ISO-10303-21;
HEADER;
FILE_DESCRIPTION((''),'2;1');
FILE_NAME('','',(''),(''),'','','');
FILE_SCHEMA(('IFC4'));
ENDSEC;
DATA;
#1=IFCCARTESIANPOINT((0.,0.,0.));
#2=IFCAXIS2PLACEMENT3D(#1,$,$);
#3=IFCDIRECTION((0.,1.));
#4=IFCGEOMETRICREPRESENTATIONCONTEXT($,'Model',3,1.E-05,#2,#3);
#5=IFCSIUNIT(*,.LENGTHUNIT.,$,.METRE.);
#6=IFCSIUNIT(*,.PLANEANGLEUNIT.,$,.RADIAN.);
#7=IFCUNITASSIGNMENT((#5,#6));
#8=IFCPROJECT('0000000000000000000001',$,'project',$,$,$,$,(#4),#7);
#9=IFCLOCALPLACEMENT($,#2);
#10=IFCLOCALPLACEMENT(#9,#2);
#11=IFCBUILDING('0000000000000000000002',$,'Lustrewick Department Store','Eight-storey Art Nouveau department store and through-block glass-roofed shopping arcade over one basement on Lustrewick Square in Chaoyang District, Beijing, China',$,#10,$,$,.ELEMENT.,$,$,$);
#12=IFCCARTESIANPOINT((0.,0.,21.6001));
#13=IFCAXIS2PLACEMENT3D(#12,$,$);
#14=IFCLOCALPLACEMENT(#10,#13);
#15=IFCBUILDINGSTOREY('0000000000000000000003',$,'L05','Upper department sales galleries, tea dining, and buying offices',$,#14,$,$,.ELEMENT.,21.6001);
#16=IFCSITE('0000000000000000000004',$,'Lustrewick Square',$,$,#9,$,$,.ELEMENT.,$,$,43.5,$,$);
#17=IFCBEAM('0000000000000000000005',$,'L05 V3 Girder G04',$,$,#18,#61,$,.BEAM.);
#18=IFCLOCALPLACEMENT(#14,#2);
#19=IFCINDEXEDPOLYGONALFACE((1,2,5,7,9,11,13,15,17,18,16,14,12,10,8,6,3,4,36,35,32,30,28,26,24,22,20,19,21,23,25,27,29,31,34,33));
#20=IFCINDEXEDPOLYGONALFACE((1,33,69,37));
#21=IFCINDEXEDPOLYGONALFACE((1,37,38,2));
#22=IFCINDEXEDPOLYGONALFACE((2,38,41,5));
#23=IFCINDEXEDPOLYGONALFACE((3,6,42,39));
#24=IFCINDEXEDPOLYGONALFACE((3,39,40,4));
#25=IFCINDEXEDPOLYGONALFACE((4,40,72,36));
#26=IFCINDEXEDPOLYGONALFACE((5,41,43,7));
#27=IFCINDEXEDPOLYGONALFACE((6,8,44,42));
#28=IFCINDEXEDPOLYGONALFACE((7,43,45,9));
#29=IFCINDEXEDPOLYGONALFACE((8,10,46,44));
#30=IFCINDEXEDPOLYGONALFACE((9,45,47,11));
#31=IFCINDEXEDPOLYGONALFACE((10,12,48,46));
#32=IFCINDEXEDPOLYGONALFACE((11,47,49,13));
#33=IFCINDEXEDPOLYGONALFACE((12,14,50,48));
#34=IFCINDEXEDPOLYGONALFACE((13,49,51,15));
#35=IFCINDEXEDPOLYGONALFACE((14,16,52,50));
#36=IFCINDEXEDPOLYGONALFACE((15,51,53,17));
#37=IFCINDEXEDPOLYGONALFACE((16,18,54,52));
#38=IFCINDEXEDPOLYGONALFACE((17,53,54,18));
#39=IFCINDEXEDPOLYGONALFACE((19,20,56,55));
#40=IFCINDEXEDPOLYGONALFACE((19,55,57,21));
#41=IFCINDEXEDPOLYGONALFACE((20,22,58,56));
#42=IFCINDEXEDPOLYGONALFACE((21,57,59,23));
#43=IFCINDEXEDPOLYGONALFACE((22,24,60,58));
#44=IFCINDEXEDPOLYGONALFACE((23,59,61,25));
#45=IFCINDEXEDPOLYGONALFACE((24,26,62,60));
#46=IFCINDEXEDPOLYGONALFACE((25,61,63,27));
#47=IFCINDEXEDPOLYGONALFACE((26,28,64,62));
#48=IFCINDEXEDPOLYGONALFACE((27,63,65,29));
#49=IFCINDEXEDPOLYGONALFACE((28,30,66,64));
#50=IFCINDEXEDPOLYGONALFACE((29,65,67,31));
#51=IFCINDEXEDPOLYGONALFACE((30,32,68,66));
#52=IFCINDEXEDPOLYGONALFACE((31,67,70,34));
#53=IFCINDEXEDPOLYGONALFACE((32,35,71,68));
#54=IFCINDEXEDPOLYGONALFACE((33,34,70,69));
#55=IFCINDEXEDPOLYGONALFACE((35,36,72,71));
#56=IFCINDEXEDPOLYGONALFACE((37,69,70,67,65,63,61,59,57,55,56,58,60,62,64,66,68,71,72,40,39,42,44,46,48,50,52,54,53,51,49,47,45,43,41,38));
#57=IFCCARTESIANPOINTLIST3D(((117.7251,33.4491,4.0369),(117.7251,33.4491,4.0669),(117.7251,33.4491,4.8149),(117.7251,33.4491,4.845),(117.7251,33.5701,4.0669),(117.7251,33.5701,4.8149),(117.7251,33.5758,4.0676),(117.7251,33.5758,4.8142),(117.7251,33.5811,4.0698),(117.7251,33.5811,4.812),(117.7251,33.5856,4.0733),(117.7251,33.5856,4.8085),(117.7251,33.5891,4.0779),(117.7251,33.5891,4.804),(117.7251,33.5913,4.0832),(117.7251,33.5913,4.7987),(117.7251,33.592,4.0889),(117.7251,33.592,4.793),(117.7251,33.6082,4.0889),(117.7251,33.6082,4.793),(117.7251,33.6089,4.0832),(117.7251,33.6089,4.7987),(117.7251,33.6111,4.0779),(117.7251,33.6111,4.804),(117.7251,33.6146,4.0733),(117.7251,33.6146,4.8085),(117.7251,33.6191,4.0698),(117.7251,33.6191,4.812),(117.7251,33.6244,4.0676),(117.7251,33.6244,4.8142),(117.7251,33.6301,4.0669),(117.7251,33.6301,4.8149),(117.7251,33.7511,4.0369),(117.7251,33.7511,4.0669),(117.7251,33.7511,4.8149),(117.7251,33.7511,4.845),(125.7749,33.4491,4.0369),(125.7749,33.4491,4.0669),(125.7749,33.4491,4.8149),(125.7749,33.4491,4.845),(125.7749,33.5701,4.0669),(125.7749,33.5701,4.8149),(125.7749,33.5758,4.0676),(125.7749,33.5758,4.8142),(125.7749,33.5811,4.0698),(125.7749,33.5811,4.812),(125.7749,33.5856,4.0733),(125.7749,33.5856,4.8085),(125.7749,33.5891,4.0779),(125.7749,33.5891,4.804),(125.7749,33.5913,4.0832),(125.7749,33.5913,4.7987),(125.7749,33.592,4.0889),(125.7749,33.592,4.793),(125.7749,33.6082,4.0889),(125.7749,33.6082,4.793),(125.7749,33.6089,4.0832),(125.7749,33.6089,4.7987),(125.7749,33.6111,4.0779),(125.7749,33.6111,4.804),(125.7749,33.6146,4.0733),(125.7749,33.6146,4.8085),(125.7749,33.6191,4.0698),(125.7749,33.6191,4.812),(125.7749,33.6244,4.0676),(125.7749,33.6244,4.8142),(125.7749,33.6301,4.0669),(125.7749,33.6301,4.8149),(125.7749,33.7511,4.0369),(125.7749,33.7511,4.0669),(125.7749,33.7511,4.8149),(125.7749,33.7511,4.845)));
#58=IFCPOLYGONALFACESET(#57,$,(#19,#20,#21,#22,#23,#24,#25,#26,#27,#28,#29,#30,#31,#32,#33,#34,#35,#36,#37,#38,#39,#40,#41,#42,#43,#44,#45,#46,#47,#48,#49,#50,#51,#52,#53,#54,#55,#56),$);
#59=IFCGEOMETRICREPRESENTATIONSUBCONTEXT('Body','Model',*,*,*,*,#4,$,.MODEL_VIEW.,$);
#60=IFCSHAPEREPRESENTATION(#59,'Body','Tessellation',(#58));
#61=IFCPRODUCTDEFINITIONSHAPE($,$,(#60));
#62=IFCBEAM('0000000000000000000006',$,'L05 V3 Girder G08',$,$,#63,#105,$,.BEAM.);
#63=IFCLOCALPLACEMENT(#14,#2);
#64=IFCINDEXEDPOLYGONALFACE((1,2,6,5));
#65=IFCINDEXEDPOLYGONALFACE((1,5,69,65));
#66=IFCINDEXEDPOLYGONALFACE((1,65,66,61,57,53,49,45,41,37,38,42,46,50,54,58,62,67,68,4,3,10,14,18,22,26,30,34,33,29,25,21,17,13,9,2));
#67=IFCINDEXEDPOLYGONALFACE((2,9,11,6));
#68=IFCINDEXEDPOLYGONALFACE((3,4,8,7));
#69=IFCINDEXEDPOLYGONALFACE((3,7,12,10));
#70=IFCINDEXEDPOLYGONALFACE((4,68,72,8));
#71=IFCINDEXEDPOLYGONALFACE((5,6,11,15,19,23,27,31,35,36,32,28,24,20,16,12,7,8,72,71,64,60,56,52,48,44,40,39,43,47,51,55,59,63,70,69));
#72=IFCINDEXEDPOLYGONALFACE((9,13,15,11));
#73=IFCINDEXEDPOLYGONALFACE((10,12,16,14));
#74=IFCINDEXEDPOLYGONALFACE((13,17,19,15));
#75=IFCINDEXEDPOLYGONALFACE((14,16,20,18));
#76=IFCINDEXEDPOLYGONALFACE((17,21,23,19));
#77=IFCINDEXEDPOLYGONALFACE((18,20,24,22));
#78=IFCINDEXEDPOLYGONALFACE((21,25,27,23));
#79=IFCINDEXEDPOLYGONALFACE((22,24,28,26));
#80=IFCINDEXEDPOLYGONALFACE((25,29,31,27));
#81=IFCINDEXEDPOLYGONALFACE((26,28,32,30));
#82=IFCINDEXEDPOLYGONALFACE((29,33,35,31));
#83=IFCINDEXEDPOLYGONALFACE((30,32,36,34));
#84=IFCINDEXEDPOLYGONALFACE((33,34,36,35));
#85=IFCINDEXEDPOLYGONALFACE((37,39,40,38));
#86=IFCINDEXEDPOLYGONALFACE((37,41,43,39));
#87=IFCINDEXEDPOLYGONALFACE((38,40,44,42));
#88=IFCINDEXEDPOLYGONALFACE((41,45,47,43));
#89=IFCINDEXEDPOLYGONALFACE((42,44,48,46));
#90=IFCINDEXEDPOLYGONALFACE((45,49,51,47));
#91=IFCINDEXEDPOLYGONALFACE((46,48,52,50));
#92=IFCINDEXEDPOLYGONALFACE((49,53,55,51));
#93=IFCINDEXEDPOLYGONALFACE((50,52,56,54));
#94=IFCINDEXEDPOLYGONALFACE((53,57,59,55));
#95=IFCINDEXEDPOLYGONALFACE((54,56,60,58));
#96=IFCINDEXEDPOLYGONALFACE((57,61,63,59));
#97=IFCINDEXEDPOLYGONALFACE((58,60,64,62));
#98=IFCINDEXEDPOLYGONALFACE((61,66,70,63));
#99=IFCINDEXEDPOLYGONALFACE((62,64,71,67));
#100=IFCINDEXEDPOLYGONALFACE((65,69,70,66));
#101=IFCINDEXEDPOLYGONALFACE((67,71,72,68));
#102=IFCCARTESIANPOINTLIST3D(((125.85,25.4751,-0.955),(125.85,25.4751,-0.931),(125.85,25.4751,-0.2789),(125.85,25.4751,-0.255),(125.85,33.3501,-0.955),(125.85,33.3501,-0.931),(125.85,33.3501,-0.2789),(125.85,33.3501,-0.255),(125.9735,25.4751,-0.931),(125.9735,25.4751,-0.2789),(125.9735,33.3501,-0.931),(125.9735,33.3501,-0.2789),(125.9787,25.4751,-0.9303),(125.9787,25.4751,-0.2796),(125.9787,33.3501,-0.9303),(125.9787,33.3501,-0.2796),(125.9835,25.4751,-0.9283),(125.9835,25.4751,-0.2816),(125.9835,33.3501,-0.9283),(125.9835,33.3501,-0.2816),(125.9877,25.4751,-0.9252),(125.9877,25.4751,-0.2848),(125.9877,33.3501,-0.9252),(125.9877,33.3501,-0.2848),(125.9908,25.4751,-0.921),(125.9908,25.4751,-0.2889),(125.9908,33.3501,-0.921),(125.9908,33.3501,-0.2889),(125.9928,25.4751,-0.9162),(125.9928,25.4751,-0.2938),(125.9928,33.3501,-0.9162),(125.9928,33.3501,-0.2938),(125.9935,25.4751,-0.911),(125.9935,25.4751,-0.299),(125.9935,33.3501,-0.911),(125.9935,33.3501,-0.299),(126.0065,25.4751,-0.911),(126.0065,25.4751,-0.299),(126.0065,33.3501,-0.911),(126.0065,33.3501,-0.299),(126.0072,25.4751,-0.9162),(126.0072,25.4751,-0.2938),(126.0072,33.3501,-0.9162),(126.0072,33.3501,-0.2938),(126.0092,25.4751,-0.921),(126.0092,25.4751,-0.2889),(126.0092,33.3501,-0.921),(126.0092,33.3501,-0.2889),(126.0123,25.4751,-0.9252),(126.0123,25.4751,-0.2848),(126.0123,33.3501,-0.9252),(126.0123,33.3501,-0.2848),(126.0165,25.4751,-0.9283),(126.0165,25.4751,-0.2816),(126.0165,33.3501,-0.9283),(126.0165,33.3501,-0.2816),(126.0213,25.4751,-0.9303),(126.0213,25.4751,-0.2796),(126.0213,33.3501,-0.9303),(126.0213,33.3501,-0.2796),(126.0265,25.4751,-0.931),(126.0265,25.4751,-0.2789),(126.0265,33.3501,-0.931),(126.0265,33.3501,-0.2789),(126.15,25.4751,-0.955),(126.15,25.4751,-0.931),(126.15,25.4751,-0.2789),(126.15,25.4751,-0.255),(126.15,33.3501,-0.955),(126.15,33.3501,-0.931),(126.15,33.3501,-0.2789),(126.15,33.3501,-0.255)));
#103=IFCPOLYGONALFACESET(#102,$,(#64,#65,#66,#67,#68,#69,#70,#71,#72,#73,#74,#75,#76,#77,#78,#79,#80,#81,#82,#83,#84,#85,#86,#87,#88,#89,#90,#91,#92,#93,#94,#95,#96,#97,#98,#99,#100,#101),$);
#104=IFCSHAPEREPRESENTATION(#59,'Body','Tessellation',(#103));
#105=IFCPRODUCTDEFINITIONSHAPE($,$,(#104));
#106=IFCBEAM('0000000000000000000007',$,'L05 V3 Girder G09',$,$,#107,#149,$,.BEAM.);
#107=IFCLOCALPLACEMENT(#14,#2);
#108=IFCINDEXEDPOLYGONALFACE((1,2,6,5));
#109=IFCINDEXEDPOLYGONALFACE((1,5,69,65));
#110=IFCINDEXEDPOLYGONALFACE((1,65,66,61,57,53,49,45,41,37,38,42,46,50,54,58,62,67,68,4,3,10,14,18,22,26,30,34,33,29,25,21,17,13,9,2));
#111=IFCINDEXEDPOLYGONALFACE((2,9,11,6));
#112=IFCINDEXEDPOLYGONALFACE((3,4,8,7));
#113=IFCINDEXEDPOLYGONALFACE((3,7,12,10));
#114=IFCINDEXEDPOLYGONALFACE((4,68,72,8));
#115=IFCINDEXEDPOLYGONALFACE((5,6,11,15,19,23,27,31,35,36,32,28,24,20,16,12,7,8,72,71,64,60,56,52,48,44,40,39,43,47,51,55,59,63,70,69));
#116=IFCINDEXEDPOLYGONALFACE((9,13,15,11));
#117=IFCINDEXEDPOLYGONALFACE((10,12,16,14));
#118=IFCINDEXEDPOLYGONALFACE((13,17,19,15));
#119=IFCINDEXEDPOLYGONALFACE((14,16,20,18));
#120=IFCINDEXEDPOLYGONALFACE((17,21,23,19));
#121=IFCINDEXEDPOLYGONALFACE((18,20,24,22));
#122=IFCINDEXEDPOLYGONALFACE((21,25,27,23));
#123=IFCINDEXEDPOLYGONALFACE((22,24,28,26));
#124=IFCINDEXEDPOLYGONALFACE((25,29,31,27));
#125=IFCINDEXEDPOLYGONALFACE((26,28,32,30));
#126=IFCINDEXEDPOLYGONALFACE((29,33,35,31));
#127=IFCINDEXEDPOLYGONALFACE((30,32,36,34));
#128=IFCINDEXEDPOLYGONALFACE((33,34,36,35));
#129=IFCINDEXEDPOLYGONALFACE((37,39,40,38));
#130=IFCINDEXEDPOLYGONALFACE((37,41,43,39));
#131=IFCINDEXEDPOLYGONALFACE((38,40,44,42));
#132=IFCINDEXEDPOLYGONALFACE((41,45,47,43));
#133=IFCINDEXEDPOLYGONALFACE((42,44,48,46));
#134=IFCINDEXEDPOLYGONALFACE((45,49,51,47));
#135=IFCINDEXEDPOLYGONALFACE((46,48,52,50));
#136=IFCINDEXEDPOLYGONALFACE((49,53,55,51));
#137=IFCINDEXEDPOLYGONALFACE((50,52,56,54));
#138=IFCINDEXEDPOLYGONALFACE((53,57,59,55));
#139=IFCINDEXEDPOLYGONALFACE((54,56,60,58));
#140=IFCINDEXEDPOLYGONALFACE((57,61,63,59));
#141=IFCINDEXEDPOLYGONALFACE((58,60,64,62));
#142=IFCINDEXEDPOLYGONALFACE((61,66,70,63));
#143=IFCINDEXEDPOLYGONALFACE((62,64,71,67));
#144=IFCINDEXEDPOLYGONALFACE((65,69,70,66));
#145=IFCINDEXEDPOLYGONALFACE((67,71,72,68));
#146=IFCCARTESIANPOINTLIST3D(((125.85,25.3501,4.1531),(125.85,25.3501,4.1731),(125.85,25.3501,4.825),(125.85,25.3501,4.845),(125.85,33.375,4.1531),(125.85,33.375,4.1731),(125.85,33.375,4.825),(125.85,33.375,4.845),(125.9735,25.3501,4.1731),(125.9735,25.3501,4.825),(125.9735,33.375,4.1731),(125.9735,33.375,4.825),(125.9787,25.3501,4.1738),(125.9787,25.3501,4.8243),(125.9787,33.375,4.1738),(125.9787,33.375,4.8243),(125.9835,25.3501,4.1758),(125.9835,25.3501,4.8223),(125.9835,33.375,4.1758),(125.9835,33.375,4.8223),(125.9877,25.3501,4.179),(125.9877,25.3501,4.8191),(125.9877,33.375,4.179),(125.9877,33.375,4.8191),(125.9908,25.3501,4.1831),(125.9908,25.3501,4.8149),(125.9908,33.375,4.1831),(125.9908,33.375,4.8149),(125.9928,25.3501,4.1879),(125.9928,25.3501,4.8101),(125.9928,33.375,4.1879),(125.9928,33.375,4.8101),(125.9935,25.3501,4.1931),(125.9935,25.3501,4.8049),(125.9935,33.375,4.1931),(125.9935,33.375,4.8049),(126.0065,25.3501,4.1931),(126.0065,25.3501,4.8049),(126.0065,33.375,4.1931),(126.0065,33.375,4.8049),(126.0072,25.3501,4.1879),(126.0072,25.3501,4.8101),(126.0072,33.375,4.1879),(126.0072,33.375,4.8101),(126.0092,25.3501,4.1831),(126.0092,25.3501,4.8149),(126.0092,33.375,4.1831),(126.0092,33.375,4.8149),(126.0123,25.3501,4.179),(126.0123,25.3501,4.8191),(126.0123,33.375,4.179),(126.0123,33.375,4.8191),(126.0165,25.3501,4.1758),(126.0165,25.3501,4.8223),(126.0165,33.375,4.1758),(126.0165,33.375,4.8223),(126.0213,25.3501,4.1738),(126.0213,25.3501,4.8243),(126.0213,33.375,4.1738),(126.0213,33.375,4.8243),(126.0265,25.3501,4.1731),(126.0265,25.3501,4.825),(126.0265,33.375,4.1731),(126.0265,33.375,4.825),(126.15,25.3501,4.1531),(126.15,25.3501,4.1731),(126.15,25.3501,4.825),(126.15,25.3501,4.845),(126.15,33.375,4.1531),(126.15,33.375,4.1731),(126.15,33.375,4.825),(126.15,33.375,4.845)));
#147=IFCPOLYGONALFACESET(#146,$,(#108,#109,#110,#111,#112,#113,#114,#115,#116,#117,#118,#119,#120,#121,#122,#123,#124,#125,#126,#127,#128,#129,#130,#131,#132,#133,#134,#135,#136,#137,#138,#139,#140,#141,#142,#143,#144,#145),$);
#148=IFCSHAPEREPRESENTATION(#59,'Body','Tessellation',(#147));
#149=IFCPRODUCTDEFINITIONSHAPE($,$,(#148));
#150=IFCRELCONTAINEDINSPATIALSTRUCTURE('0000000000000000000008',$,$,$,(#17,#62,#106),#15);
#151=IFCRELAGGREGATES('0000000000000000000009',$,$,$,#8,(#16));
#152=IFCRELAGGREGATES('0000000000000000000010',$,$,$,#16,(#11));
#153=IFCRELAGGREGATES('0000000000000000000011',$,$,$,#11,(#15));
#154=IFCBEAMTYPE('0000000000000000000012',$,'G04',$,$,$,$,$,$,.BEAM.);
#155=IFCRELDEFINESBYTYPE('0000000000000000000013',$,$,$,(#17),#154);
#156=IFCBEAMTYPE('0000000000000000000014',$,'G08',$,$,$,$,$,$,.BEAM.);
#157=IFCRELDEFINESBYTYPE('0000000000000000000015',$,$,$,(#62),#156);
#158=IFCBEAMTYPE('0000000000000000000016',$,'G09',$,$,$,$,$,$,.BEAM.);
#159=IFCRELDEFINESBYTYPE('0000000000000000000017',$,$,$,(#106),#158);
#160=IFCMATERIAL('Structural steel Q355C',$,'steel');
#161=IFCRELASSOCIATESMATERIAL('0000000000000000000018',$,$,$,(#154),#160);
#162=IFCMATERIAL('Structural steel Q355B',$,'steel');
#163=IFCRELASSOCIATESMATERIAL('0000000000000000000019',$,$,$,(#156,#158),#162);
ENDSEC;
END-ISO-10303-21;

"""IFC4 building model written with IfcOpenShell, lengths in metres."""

from ifc_helpers import new_model, si_unit, direction, frame, origin, origin_2d, place, context, subcontext, project, spatial, i_section, extrude, material, material_profile, profile_set, type_object, element, save


model = new_model("IFC4")

# Units and contexts
model_context = context("Model", 3, precision=1e-05, world=origin(), true_north=direction((0.0, 1.0)))
body_context = subcontext(model_context, "Body", "Model", "MODEL_VIEW")
ifc_project = project(units=[si_unit("LENGTHUNIT", "METRE"), si_unit("PLANEANGLEUNIT", "RADIAN")], contexts=[model_context])

# Site, building, storey
site_placement = place(None, origin())
site = spatial("IfcSite", under=ifc_project, at=site_placement, Name="Lustrewick Square", CompositionType="ELEMENT", RefElevation=43.5)
building_placement = place(site_placement, origin())
building = spatial("IfcBuilding", under=site, at=building_placement, Name="Lustrewick Department Store", Description="Eight-storey Art Nouveau department store and through-block glass-roofed shopping arcade over one basement on Lustrewick Square in Chaoyang District, Beijing, China", CompositionType="ELEMENT")
storey_placement = place(building_placement, frame((0.0, 0.0, 21.6001)))
storey = spatial("IfcBuildingStorey", under=building, at=storey_placement, Name="L05", Description="Upper department sales galleries, tea dining, and buying offices", CompositionType="ELEMENT", Elevation=21.6001)

# Shared definitions
ifc_material_1 = material(Name="Structural steel Q355B", Category="steel")

# Beams
ifc_material_2 = material(Name="Structural steel Q355C", Category="steel")
ifc_material_profile_1 = material_profile(ifc_material_2, i_section(OverallWidth=0.302, OverallDepth=0.8081, WebThickness=0.0161, FlangeThickness=0.03, FilletRadius=0.022, at=origin_2d()), Name="HN 808x302x16x30")
ifc_profile_set_1 = profile_set([ifc_material_profile_1], Name="Structural steel Q355C")
beam_type_1 = type_object("IfcBeamType", Name="G04", PredefinedType="BEAM", material=ifc_profile_set_1)
beam_1_placement = place(storey_placement, frame((117.7251, 33.6001, 4.4409), z_axis=(1.0, 0.0, 0.0), x_axis=(0.0, 1.0, 0.0)))
element("IfcBeam", 1, at=beam_1_placement, inside=storey, type_object=beam_type_1, Name="L05 V3 Girder G04", PredefinedType="BEAM", context=body_context, shape_type="SweptSolid", body=[
    extrude(i_section(OverallWidth=0.302, OverallDepth=0.8081, WebThickness=0.0161, FlangeThickness=0.03, FilletRadius=0.022, at=origin_2d()), origin(), (0.0, 0.0, 1.0), 8.0498),
])
ifc_material_profile_2 = material_profile(ifc_material_1, i_section(OverallWidth=0.3, OverallDepth=0.7, WebThickness=0.0129, FlangeThickness=0.0239, FilletRadius=0.02, at=origin_2d()), Name="HN 700x300x13x24")
ifc_profile_set_2 = profile_set([ifc_material_profile_2], Name="Structural steel Q355B")
beam_type_2 = type_object("IfcBeamType", Name="G08", PredefinedType="BEAM", material=ifc_profile_set_2)
beam_2_placement = place(storey_placement, frame((126.0, 25.4751, -0.605), z_axis=(0.0, 1.0, 0.0), x_axis=(-1.0, 0.0, 0.0)))
element("IfcBeam", 2, at=beam_2_placement, inside=storey, type_object=beam_type_2, Name="L05 V3 Girder G08", PredefinedType="BEAM", context=body_context, shape_type="SweptSolid", body=[
    extrude(i_section(OverallWidth=0.3, OverallDepth=0.7, WebThickness=0.0129, FlangeThickness=0.0239, FilletRadius=0.02, at=origin_2d()), origin(), (0.0, 0.0, 1.0), 7.875),
])
ifc_material_profile_3 = material_profile(ifc_material_1, i_section(OverallWidth=0.3, OverallDepth=0.6919, WebThickness=0.0129, FlangeThickness=0.02, FilletRadius=0.02, at=origin_2d()), Name="HN 692x300x13x20")
ifc_profile_set_3 = profile_set([ifc_material_profile_3], Name="Structural steel Q355B")
beam_type_3 = type_object("IfcBeamType", Name="G09", PredefinedType="BEAM", material=ifc_profile_set_3)
beam_3_placement = place(storey_placement, frame((126.0, 25.3501, 4.499), z_axis=(0.0, 1.0, 0.0), x_axis=(-1.0, 0.0, 0.0)))
element("IfcBeam", 3, at=beam_3_placement, inside=storey, type_object=beam_type_3, Name="L05 V3 Girder G09", PredefinedType="BEAM", context=body_context, shape_type="SweptSolid", body=[
    extrude(i_section(OverallWidth=0.3, OverallDepth=0.6919, WebThickness=0.0129, FlangeThickness=0.02, FilletRadius=0.02, at=origin_2d()), origin(), (0.0, 0.0, 1.0), 8.0249),
])

save(model, "model.ifc")
